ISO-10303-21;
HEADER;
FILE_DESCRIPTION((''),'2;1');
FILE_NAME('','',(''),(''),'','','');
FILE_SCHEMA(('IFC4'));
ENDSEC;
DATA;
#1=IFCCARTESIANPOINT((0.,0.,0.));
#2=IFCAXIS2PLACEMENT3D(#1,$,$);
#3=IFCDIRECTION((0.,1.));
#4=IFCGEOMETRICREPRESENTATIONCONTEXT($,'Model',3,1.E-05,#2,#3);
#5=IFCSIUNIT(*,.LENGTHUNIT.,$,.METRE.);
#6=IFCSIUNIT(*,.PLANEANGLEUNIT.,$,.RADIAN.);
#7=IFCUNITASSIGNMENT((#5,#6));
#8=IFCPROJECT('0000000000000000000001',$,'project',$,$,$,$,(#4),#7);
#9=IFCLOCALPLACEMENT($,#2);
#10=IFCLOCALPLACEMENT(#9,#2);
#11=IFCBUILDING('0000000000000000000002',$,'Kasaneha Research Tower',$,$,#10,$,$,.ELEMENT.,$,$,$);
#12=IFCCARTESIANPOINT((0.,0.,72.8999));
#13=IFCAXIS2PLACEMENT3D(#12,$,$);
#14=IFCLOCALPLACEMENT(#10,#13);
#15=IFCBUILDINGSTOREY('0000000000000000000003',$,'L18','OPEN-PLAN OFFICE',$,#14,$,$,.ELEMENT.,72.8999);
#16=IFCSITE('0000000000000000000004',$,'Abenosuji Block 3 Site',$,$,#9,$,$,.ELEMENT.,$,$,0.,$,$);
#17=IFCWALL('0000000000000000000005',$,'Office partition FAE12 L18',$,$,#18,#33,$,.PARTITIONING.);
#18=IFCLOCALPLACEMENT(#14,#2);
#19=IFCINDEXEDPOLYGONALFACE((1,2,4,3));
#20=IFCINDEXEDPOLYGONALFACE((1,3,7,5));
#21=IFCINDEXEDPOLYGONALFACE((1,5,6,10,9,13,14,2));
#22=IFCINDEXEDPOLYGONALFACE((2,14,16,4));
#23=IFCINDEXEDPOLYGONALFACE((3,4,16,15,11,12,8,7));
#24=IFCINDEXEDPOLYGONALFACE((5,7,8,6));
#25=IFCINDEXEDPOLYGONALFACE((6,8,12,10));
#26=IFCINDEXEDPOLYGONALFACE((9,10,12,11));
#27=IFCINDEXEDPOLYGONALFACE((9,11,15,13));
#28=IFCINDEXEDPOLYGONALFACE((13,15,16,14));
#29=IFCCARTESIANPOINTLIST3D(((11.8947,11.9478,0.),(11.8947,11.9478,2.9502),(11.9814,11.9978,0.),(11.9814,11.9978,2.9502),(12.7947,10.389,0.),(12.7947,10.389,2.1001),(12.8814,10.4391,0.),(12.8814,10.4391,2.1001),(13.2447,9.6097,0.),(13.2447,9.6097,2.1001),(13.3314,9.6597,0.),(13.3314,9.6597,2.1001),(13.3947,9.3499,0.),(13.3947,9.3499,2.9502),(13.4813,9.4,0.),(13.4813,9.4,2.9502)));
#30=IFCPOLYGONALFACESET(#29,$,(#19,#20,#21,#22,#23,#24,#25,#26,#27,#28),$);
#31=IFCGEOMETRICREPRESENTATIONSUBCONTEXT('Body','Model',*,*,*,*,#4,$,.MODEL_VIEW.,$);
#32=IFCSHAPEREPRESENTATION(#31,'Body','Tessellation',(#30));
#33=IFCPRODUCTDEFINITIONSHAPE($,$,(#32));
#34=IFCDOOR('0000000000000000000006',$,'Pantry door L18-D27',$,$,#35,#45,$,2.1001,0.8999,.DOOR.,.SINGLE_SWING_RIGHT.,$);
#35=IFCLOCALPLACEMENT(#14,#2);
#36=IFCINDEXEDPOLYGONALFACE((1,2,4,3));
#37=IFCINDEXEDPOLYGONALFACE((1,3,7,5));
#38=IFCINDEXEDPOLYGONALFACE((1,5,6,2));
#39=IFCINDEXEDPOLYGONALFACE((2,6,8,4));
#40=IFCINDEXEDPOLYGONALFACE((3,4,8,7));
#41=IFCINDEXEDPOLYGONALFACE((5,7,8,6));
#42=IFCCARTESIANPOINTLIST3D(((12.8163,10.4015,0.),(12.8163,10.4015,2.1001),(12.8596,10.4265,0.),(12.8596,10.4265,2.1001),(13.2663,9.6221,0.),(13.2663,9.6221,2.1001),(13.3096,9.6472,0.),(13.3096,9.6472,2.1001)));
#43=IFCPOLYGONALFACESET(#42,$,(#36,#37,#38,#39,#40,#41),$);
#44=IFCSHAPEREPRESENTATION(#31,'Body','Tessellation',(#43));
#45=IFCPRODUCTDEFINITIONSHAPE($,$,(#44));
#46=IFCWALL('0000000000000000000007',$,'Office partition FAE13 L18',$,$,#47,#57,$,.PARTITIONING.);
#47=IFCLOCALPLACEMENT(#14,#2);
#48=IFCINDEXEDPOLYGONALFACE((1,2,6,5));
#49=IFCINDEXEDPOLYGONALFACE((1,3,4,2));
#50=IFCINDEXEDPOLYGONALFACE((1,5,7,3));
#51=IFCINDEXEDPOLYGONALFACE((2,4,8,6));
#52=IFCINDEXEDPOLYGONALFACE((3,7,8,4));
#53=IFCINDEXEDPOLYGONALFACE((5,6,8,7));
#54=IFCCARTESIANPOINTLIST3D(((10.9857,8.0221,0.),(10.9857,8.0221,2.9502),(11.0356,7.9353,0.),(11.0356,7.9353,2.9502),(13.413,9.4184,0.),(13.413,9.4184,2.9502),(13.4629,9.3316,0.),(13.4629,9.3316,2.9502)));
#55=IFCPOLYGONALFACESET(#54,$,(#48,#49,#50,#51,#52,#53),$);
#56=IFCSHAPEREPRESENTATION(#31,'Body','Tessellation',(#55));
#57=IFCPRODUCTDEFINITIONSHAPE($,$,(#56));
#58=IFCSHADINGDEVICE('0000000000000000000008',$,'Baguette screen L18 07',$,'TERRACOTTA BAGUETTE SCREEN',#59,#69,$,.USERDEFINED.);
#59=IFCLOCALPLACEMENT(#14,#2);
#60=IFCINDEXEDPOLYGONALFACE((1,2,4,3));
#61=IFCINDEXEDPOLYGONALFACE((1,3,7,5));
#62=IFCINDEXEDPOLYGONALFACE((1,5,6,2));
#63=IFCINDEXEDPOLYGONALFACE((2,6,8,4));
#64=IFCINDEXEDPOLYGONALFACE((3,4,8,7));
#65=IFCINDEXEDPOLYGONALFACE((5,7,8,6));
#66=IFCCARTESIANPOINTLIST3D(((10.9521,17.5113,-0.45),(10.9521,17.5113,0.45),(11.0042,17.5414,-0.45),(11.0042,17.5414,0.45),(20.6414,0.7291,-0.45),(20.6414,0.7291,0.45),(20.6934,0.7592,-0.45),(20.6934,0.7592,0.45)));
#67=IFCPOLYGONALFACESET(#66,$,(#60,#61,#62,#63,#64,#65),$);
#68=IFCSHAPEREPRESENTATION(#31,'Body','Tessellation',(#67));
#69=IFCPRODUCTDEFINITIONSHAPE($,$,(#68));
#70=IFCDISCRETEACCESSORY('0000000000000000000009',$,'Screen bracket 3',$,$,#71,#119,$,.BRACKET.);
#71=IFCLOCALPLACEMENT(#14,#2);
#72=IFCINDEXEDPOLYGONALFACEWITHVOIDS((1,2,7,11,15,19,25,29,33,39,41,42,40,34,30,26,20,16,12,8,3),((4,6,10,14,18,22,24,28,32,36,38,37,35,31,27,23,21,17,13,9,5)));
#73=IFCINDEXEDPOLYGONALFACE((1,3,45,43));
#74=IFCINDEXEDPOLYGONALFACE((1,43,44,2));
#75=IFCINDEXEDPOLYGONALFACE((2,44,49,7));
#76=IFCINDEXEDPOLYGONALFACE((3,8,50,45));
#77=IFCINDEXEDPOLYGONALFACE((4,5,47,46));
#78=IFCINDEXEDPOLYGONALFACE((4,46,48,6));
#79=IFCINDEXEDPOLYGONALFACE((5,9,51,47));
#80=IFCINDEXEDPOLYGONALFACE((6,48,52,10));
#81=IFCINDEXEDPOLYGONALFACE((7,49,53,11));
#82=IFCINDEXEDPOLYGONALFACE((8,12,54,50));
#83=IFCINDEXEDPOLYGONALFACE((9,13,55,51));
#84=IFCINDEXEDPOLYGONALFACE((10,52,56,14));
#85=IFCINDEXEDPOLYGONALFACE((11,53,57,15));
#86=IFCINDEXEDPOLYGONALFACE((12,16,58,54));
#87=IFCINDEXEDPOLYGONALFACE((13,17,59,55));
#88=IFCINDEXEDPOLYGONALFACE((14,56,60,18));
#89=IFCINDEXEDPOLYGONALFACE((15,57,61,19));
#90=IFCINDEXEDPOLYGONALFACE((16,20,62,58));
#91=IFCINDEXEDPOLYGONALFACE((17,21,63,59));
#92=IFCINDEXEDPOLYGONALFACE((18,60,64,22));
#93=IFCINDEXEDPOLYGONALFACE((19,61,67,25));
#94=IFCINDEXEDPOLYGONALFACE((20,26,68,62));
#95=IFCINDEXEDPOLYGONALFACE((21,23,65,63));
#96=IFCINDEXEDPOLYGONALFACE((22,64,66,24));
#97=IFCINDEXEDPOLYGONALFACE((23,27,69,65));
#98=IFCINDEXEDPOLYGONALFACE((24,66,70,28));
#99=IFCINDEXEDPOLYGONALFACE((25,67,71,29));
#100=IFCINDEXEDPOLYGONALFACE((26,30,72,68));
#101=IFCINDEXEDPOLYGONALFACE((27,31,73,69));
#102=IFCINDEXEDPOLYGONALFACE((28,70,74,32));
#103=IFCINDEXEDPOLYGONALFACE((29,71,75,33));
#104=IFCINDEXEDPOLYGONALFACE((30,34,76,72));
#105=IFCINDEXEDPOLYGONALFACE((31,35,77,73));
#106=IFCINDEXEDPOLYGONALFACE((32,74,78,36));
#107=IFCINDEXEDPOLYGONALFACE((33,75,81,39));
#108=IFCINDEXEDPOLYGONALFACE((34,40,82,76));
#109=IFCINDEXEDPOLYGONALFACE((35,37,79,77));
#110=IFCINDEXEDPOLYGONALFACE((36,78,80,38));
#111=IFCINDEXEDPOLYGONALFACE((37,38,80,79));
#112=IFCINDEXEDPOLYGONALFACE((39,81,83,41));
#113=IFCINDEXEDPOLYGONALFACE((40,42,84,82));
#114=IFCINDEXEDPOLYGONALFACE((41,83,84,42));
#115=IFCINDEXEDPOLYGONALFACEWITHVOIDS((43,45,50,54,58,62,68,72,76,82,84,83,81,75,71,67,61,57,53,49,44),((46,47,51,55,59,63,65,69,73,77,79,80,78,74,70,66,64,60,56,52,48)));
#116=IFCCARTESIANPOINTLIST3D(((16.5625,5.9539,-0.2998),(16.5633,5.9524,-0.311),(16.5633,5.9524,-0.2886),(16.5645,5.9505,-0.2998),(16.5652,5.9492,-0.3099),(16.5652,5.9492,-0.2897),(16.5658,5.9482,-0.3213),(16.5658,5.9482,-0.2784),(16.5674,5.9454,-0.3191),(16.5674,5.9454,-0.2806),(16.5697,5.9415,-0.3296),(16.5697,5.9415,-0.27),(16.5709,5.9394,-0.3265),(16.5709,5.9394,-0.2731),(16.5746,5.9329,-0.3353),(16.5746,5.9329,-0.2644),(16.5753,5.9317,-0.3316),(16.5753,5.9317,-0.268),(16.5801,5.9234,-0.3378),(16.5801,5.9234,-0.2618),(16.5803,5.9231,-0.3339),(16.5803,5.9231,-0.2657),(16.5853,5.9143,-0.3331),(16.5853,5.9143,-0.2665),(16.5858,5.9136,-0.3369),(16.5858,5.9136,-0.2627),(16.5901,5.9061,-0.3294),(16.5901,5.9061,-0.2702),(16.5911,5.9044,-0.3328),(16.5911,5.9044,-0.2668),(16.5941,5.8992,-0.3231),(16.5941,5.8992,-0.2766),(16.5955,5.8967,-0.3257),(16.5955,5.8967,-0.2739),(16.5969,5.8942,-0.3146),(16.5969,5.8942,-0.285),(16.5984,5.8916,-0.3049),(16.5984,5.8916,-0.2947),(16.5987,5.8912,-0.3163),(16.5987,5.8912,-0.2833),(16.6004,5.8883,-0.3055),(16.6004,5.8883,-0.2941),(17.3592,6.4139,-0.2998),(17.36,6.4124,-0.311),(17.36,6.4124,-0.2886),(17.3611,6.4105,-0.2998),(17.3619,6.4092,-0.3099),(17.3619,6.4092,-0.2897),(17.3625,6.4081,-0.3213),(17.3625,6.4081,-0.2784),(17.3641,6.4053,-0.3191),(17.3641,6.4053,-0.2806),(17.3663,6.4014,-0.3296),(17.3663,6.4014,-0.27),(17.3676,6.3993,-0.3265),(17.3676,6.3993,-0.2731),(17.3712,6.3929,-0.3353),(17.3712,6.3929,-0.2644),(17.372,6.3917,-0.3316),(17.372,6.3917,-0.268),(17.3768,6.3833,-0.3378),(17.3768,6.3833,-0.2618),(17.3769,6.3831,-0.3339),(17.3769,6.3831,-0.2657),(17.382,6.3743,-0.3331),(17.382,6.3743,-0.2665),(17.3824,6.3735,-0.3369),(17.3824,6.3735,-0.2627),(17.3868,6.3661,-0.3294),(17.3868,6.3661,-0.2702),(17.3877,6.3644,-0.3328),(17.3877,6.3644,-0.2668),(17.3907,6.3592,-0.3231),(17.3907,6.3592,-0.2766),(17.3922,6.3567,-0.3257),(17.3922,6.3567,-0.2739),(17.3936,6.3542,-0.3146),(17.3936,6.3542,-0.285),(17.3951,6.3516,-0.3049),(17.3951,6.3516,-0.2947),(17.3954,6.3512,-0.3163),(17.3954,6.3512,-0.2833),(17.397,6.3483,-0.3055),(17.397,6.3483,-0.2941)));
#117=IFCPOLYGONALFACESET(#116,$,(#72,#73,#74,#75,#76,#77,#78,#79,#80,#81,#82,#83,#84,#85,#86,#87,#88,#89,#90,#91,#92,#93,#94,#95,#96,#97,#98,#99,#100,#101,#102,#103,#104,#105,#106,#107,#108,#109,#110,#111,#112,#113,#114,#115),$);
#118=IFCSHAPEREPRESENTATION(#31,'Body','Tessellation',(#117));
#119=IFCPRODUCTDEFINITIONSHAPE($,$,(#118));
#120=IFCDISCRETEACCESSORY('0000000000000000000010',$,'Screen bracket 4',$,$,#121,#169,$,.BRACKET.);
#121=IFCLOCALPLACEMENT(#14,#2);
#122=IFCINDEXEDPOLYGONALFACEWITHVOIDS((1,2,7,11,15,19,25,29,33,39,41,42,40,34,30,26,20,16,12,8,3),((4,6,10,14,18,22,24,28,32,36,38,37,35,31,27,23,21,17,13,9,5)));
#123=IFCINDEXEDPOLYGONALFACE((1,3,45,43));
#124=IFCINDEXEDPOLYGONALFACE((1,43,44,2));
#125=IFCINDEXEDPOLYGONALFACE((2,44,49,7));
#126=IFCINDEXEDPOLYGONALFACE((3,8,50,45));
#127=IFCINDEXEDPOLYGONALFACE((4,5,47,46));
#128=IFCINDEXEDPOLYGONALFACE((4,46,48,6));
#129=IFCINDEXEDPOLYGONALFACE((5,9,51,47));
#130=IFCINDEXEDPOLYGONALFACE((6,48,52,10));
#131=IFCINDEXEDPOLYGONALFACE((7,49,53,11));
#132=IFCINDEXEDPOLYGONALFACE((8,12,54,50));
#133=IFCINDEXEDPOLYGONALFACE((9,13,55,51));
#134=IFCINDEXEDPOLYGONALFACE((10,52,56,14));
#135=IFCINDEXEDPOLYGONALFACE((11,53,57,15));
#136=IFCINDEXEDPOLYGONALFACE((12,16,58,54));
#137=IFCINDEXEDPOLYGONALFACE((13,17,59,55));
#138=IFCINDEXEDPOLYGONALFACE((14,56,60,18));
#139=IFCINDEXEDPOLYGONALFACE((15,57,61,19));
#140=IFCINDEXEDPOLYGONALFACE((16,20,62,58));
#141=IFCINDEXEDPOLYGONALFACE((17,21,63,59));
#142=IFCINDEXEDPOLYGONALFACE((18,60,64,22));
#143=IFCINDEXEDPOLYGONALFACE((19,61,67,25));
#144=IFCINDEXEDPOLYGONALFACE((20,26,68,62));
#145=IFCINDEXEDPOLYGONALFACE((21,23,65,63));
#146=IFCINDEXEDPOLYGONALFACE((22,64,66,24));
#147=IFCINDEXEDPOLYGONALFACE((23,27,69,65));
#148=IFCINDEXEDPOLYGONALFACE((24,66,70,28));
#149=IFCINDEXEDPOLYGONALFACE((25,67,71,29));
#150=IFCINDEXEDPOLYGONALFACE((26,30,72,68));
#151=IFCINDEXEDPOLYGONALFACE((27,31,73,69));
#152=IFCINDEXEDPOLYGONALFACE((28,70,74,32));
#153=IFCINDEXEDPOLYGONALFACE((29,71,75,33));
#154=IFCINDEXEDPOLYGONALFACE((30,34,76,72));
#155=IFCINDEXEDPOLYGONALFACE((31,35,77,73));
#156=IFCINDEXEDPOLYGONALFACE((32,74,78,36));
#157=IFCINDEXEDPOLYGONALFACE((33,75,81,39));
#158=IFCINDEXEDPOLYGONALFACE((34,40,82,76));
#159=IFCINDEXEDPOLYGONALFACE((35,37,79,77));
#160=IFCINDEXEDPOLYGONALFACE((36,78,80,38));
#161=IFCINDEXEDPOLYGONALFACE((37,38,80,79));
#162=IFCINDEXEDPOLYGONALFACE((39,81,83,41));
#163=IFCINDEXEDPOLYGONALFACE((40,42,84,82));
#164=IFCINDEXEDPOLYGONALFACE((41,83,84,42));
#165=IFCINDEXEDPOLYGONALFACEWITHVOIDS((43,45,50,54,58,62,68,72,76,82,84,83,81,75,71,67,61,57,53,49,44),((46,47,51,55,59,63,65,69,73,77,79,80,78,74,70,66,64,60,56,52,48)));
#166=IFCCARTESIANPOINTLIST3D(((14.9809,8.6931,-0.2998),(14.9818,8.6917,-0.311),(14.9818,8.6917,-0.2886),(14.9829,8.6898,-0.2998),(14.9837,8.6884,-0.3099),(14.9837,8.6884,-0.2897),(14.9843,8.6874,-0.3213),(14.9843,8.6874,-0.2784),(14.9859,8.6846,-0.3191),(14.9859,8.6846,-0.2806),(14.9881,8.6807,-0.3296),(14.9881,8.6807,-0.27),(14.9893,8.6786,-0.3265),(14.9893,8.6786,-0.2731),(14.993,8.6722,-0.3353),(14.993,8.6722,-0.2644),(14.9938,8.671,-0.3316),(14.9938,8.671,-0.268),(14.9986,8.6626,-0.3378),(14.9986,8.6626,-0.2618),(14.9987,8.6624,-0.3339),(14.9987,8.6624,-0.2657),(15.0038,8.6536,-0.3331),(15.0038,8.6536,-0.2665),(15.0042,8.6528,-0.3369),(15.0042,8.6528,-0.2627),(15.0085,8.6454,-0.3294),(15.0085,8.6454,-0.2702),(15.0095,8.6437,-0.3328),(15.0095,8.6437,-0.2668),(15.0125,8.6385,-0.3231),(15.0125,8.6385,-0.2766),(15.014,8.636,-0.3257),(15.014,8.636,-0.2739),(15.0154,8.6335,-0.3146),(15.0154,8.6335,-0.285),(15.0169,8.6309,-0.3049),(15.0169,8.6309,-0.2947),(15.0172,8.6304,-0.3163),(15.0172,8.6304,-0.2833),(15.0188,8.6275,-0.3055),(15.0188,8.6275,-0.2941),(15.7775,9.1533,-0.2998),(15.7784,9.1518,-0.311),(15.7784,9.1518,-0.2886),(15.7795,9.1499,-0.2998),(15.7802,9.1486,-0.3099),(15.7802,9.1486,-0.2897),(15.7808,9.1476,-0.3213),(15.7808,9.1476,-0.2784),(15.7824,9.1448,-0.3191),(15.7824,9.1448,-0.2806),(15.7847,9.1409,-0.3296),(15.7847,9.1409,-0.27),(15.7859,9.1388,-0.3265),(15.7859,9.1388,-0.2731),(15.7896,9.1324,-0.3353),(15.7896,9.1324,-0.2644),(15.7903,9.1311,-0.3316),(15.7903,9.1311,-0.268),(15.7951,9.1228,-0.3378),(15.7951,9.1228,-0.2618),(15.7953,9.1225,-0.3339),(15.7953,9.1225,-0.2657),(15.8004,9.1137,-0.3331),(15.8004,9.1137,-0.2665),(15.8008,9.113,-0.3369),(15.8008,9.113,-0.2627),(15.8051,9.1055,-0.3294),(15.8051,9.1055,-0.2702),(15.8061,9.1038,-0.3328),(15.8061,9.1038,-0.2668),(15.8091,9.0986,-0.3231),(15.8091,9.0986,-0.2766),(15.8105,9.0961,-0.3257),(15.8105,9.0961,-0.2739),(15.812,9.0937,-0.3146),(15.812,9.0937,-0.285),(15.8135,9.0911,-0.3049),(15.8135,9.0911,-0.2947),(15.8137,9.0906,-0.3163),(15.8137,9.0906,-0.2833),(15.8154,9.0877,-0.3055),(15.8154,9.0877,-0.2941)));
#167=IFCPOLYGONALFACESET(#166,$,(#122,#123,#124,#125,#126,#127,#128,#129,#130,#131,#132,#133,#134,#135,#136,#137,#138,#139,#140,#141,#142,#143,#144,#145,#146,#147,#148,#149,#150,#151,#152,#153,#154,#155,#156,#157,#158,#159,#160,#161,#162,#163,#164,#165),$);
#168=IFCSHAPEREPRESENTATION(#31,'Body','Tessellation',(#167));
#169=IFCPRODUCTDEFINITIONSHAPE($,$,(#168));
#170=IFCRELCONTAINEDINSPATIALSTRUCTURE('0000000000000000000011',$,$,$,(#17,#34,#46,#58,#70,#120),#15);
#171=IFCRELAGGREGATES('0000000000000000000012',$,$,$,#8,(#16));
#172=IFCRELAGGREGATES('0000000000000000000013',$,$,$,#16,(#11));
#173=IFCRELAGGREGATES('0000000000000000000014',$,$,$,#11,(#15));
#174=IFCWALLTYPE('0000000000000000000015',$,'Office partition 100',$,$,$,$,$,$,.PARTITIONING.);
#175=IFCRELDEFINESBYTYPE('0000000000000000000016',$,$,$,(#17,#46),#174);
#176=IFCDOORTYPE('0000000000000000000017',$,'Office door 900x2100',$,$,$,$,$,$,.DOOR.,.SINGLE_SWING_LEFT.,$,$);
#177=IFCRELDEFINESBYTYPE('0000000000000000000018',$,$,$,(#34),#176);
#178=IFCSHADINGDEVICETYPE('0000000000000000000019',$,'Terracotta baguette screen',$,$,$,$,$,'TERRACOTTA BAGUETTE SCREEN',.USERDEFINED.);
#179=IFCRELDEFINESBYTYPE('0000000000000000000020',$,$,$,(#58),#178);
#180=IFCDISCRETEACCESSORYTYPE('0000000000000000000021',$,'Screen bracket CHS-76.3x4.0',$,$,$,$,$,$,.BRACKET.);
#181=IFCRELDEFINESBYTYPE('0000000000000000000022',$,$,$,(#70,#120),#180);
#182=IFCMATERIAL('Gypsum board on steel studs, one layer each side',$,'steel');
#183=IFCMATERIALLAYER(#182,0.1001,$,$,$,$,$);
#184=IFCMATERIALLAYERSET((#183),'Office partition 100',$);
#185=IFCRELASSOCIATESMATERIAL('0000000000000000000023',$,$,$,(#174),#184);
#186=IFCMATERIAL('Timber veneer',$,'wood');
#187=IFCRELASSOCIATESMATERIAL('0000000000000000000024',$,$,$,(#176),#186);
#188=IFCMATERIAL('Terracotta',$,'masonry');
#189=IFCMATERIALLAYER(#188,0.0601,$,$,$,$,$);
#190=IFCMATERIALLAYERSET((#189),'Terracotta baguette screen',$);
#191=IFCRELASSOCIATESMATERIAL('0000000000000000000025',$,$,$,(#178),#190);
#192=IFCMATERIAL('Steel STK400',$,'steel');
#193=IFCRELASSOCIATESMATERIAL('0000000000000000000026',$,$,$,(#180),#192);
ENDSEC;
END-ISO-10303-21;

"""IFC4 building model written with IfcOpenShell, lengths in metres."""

from ifc_helpers import new_model, si_unit, direction, frame, frame_2d, origin, origin_2d, place, context, subcontext, project, spatial, rectangle, hollow_circle, extrude, material, layer, layer_set, material_profile, profile_set, type_object, element, fill, save


model = new_model("IFC4")

# Units and contexts
model_context = context("Model", 3, precision=1e-05, world=origin(), true_north=direction((0.0, 1.0)))
body_context = subcontext(model_context, "Body", "Model", "MODEL_VIEW")
ifc_project = project(units=[si_unit("LENGTHUNIT", "METRE"), si_unit("PLANEANGLEUNIT", "RADIAN")], contexts=[model_context])

# Site, building, storey
site_placement = place(None, origin())
site = spatial("IfcSite", under=ifc_project, at=site_placement, Name="Abenosuji Block 3 Site", CompositionType="ELEMENT", RefElevation=0.0)
building_placement = place(site_placement, origin())
building = spatial("IfcBuilding", under=site, at=building_placement, Name="Kasaneha Research Tower", CompositionType="ELEMENT")
storey_placement = place(building_placement, frame((0.0, 0.0, 72.8999)))
storey = spatial("IfcBuildingStorey", under=building, at=storey_placement, Name="L18", Description="OPEN-PLAN OFFICE", CompositionType="ELEMENT", Elevation=72.8999)

# Wall, opening, door
ifc_material_1 = material(Name="Gypsum board on steel studs, one layer each side", Category="steel")
ifc_layer_1 = layer(ifc_material_1, 0.1001)
ifc_layer_set_1 = layer_set([ifc_layer_1], Name="Office partition 100")
wall_type = type_object("IfcWallType", Name="Office partition 100", PredefinedType="PARTITIONING", material=ifc_layer_set_1)
wall_1_placement = place(storey_placement, frame((11.938, 11.9729, 0.0), z_axis=(0.0, 0.0, 1.0), x_axis=(0.500025, -0.866011, 0.0)))
wall_1 = element("IfcWall", 1, at=wall_1_placement, inside=storey, type_object=wall_type, Name="Office partition FAE12 L18", PredefinedType="PARTITIONING", context=body_context, shape_type="SweptSolid", body=[
    extrude(rectangle(XDim=2.9998, YDim=0.1001, at=frame_2d((1.5, 0.0))), origin(), (0.0, 0.0, 1.0), 2.9502),
])
opening_placement = place(wall_1_placement, frame((1.8, 0.0, 0.0)))
opening = element("IfcOpeningElement", 2, at=opening_placement, cuts=wall_1, PredefinedType="OPENING", context=body_context, shape_type="SweptSolid", body=[
    extrude(rectangle(XDim=0.8999, YDim=2.1001, at=frame_2d((0.45, 1.05))), frame((0.0, 0.0601, 0.0), z_axis=(0.0, -1.0, 0.0), x_axis=(1.0, 0.0, 0.0)), (0.0, 0.0, 1.0), 0.1201),
])
ifc_material_2 = material(Name="Timber veneer", Category="wood")
door_type = type_object("IfcDoorType", Name="Office door 900x2100", OperationType="SINGLE_SWING_LEFT", PredefinedType="DOOR", material=ifc_material_2)
door_placement = place(opening_placement, origin())
door = element("IfcDoor", 3, at=door_placement, inside=storey, type_object=door_type, Name="Pantry door L18-D27", OperationType="SINGLE_SWING_RIGHT", OverallHeight=2.1001, OverallWidth=0.8999, PredefinedType="DOOR", context=body_context, shape_type="SweptSolid", body=[
    extrude(rectangle(XDim=0.8999, YDim=2.1001, at=frame_2d((0.45, 1.05))), frame((0.0, 0.0249, 0.0), z_axis=(0.0, -1.0, 0.0), x_axis=(1.0, 0.0, 0.0)), (0.0, 0.0, 1.0), 0.05),
])
fill(opening, door)

# Wall
wall_2_placement = place(storey_placement, frame((13.438, 9.375, 0.0), z_axis=(0.0, 0.0, 1.0), x_axis=(-0.866818, -0.498625, 0.0)))
element("IfcWall", 4, at=wall_2_placement, inside=storey, type_object=wall_type, Name="Office partition FAE13 L18", PredefinedType="PARTITIONING", context=body_context, shape_type="SweptSolid", body=[
    extrude(rectangle(XDim=2.8003, YDim=0.1001, at=frame_2d((1.4001, 0.0))), origin(), (0.0, 0.0, 1.0), 2.9502),
])

# Shading device
ifc_material_3 = material(Name="Terracotta", Category="masonry")
ifc_layer_2 = layer(ifc_material_3, 0.0601)
ifc_layer_set_2 = layer_set([ifc_layer_2], Name="Terracotta baguette screen")
shading_device_type = type_object("IfcShadingDeviceType", Name="Terracotta baguette screen", ElementType="TERRACOTTA BAGUETTE SCREEN", PredefinedType="USERDEFINED", material=ifc_layer_set_2)
shading_device_placement = place(storey_placement, frame((15.8228, 9.1353, -0.45), z_axis=(0.0, 0.0, 1.0), x_axis=(-0.5, 0.866025, 0.0)))
element("IfcShadingDevice", 5, at=shading_device_placement, inside=storey, type_object=shading_device_type, Name="Baguette screen L18 07", ObjectType="TERRACOTTA BAGUETTE SCREEN", PredefinedType="USERDEFINED", context=body_context, shape_type="SweptSolid", body=[
    extrude(rectangle(XDim=19.3784, YDim=0.0601, at=origin_2d()), origin(), (0.0, 0.0, 1.0), 0.8999),
])

# Discrete accessories
ifc_material_4 = material(Name="Steel STK400", Category="steel")
ifc_material_profile_1 = material_profile(ifc_material_4, hollow_circle(Radius=0.0381, WallThickness=0.0039, at=origin_2d()), Name="CHS-76.3x4.0")
ifc_profile_set_1 = profile_set([ifc_material_profile_1], Name="Steel STK400")
discrete_accessory_type = type_object("IfcDiscreteAccessoryType", Name="Screen bracket CHS-76.3x4.0", PredefinedType="BRACKET", material=ifc_profile_set_1)
for number, where, z_axis, x_axis, name in (
    (6, (16.5815, 5.9209, -0.2998), (0.866013, 0.500021, 0.0), (-0.500021, 0.866013, 0.0), "Screen bracket 3"),
    (7, (15.0, 8.6602, -0.2998), (0.865898, 0.50022, 0.0), (-0.50022, 0.865898, 0.0), "Screen bracket 4"),
):
    element("IfcDiscreteAccessory", number, at=place(storey_placement, frame(where, z_axis=z_axis, x_axis=x_axis)), inside=storey, type_object=discrete_accessory_type, Name=name, PredefinedType="BRACKET", context=body_context, shape_type="SweptSolid", body=[
        extrude(hollow_circle(Radius=0.0381, WallThickness=0.0039, at=origin_2d()), origin(), (0.0, 0.0, 1.0), 0.9199),
    ])

save(model, "model.ifc")
